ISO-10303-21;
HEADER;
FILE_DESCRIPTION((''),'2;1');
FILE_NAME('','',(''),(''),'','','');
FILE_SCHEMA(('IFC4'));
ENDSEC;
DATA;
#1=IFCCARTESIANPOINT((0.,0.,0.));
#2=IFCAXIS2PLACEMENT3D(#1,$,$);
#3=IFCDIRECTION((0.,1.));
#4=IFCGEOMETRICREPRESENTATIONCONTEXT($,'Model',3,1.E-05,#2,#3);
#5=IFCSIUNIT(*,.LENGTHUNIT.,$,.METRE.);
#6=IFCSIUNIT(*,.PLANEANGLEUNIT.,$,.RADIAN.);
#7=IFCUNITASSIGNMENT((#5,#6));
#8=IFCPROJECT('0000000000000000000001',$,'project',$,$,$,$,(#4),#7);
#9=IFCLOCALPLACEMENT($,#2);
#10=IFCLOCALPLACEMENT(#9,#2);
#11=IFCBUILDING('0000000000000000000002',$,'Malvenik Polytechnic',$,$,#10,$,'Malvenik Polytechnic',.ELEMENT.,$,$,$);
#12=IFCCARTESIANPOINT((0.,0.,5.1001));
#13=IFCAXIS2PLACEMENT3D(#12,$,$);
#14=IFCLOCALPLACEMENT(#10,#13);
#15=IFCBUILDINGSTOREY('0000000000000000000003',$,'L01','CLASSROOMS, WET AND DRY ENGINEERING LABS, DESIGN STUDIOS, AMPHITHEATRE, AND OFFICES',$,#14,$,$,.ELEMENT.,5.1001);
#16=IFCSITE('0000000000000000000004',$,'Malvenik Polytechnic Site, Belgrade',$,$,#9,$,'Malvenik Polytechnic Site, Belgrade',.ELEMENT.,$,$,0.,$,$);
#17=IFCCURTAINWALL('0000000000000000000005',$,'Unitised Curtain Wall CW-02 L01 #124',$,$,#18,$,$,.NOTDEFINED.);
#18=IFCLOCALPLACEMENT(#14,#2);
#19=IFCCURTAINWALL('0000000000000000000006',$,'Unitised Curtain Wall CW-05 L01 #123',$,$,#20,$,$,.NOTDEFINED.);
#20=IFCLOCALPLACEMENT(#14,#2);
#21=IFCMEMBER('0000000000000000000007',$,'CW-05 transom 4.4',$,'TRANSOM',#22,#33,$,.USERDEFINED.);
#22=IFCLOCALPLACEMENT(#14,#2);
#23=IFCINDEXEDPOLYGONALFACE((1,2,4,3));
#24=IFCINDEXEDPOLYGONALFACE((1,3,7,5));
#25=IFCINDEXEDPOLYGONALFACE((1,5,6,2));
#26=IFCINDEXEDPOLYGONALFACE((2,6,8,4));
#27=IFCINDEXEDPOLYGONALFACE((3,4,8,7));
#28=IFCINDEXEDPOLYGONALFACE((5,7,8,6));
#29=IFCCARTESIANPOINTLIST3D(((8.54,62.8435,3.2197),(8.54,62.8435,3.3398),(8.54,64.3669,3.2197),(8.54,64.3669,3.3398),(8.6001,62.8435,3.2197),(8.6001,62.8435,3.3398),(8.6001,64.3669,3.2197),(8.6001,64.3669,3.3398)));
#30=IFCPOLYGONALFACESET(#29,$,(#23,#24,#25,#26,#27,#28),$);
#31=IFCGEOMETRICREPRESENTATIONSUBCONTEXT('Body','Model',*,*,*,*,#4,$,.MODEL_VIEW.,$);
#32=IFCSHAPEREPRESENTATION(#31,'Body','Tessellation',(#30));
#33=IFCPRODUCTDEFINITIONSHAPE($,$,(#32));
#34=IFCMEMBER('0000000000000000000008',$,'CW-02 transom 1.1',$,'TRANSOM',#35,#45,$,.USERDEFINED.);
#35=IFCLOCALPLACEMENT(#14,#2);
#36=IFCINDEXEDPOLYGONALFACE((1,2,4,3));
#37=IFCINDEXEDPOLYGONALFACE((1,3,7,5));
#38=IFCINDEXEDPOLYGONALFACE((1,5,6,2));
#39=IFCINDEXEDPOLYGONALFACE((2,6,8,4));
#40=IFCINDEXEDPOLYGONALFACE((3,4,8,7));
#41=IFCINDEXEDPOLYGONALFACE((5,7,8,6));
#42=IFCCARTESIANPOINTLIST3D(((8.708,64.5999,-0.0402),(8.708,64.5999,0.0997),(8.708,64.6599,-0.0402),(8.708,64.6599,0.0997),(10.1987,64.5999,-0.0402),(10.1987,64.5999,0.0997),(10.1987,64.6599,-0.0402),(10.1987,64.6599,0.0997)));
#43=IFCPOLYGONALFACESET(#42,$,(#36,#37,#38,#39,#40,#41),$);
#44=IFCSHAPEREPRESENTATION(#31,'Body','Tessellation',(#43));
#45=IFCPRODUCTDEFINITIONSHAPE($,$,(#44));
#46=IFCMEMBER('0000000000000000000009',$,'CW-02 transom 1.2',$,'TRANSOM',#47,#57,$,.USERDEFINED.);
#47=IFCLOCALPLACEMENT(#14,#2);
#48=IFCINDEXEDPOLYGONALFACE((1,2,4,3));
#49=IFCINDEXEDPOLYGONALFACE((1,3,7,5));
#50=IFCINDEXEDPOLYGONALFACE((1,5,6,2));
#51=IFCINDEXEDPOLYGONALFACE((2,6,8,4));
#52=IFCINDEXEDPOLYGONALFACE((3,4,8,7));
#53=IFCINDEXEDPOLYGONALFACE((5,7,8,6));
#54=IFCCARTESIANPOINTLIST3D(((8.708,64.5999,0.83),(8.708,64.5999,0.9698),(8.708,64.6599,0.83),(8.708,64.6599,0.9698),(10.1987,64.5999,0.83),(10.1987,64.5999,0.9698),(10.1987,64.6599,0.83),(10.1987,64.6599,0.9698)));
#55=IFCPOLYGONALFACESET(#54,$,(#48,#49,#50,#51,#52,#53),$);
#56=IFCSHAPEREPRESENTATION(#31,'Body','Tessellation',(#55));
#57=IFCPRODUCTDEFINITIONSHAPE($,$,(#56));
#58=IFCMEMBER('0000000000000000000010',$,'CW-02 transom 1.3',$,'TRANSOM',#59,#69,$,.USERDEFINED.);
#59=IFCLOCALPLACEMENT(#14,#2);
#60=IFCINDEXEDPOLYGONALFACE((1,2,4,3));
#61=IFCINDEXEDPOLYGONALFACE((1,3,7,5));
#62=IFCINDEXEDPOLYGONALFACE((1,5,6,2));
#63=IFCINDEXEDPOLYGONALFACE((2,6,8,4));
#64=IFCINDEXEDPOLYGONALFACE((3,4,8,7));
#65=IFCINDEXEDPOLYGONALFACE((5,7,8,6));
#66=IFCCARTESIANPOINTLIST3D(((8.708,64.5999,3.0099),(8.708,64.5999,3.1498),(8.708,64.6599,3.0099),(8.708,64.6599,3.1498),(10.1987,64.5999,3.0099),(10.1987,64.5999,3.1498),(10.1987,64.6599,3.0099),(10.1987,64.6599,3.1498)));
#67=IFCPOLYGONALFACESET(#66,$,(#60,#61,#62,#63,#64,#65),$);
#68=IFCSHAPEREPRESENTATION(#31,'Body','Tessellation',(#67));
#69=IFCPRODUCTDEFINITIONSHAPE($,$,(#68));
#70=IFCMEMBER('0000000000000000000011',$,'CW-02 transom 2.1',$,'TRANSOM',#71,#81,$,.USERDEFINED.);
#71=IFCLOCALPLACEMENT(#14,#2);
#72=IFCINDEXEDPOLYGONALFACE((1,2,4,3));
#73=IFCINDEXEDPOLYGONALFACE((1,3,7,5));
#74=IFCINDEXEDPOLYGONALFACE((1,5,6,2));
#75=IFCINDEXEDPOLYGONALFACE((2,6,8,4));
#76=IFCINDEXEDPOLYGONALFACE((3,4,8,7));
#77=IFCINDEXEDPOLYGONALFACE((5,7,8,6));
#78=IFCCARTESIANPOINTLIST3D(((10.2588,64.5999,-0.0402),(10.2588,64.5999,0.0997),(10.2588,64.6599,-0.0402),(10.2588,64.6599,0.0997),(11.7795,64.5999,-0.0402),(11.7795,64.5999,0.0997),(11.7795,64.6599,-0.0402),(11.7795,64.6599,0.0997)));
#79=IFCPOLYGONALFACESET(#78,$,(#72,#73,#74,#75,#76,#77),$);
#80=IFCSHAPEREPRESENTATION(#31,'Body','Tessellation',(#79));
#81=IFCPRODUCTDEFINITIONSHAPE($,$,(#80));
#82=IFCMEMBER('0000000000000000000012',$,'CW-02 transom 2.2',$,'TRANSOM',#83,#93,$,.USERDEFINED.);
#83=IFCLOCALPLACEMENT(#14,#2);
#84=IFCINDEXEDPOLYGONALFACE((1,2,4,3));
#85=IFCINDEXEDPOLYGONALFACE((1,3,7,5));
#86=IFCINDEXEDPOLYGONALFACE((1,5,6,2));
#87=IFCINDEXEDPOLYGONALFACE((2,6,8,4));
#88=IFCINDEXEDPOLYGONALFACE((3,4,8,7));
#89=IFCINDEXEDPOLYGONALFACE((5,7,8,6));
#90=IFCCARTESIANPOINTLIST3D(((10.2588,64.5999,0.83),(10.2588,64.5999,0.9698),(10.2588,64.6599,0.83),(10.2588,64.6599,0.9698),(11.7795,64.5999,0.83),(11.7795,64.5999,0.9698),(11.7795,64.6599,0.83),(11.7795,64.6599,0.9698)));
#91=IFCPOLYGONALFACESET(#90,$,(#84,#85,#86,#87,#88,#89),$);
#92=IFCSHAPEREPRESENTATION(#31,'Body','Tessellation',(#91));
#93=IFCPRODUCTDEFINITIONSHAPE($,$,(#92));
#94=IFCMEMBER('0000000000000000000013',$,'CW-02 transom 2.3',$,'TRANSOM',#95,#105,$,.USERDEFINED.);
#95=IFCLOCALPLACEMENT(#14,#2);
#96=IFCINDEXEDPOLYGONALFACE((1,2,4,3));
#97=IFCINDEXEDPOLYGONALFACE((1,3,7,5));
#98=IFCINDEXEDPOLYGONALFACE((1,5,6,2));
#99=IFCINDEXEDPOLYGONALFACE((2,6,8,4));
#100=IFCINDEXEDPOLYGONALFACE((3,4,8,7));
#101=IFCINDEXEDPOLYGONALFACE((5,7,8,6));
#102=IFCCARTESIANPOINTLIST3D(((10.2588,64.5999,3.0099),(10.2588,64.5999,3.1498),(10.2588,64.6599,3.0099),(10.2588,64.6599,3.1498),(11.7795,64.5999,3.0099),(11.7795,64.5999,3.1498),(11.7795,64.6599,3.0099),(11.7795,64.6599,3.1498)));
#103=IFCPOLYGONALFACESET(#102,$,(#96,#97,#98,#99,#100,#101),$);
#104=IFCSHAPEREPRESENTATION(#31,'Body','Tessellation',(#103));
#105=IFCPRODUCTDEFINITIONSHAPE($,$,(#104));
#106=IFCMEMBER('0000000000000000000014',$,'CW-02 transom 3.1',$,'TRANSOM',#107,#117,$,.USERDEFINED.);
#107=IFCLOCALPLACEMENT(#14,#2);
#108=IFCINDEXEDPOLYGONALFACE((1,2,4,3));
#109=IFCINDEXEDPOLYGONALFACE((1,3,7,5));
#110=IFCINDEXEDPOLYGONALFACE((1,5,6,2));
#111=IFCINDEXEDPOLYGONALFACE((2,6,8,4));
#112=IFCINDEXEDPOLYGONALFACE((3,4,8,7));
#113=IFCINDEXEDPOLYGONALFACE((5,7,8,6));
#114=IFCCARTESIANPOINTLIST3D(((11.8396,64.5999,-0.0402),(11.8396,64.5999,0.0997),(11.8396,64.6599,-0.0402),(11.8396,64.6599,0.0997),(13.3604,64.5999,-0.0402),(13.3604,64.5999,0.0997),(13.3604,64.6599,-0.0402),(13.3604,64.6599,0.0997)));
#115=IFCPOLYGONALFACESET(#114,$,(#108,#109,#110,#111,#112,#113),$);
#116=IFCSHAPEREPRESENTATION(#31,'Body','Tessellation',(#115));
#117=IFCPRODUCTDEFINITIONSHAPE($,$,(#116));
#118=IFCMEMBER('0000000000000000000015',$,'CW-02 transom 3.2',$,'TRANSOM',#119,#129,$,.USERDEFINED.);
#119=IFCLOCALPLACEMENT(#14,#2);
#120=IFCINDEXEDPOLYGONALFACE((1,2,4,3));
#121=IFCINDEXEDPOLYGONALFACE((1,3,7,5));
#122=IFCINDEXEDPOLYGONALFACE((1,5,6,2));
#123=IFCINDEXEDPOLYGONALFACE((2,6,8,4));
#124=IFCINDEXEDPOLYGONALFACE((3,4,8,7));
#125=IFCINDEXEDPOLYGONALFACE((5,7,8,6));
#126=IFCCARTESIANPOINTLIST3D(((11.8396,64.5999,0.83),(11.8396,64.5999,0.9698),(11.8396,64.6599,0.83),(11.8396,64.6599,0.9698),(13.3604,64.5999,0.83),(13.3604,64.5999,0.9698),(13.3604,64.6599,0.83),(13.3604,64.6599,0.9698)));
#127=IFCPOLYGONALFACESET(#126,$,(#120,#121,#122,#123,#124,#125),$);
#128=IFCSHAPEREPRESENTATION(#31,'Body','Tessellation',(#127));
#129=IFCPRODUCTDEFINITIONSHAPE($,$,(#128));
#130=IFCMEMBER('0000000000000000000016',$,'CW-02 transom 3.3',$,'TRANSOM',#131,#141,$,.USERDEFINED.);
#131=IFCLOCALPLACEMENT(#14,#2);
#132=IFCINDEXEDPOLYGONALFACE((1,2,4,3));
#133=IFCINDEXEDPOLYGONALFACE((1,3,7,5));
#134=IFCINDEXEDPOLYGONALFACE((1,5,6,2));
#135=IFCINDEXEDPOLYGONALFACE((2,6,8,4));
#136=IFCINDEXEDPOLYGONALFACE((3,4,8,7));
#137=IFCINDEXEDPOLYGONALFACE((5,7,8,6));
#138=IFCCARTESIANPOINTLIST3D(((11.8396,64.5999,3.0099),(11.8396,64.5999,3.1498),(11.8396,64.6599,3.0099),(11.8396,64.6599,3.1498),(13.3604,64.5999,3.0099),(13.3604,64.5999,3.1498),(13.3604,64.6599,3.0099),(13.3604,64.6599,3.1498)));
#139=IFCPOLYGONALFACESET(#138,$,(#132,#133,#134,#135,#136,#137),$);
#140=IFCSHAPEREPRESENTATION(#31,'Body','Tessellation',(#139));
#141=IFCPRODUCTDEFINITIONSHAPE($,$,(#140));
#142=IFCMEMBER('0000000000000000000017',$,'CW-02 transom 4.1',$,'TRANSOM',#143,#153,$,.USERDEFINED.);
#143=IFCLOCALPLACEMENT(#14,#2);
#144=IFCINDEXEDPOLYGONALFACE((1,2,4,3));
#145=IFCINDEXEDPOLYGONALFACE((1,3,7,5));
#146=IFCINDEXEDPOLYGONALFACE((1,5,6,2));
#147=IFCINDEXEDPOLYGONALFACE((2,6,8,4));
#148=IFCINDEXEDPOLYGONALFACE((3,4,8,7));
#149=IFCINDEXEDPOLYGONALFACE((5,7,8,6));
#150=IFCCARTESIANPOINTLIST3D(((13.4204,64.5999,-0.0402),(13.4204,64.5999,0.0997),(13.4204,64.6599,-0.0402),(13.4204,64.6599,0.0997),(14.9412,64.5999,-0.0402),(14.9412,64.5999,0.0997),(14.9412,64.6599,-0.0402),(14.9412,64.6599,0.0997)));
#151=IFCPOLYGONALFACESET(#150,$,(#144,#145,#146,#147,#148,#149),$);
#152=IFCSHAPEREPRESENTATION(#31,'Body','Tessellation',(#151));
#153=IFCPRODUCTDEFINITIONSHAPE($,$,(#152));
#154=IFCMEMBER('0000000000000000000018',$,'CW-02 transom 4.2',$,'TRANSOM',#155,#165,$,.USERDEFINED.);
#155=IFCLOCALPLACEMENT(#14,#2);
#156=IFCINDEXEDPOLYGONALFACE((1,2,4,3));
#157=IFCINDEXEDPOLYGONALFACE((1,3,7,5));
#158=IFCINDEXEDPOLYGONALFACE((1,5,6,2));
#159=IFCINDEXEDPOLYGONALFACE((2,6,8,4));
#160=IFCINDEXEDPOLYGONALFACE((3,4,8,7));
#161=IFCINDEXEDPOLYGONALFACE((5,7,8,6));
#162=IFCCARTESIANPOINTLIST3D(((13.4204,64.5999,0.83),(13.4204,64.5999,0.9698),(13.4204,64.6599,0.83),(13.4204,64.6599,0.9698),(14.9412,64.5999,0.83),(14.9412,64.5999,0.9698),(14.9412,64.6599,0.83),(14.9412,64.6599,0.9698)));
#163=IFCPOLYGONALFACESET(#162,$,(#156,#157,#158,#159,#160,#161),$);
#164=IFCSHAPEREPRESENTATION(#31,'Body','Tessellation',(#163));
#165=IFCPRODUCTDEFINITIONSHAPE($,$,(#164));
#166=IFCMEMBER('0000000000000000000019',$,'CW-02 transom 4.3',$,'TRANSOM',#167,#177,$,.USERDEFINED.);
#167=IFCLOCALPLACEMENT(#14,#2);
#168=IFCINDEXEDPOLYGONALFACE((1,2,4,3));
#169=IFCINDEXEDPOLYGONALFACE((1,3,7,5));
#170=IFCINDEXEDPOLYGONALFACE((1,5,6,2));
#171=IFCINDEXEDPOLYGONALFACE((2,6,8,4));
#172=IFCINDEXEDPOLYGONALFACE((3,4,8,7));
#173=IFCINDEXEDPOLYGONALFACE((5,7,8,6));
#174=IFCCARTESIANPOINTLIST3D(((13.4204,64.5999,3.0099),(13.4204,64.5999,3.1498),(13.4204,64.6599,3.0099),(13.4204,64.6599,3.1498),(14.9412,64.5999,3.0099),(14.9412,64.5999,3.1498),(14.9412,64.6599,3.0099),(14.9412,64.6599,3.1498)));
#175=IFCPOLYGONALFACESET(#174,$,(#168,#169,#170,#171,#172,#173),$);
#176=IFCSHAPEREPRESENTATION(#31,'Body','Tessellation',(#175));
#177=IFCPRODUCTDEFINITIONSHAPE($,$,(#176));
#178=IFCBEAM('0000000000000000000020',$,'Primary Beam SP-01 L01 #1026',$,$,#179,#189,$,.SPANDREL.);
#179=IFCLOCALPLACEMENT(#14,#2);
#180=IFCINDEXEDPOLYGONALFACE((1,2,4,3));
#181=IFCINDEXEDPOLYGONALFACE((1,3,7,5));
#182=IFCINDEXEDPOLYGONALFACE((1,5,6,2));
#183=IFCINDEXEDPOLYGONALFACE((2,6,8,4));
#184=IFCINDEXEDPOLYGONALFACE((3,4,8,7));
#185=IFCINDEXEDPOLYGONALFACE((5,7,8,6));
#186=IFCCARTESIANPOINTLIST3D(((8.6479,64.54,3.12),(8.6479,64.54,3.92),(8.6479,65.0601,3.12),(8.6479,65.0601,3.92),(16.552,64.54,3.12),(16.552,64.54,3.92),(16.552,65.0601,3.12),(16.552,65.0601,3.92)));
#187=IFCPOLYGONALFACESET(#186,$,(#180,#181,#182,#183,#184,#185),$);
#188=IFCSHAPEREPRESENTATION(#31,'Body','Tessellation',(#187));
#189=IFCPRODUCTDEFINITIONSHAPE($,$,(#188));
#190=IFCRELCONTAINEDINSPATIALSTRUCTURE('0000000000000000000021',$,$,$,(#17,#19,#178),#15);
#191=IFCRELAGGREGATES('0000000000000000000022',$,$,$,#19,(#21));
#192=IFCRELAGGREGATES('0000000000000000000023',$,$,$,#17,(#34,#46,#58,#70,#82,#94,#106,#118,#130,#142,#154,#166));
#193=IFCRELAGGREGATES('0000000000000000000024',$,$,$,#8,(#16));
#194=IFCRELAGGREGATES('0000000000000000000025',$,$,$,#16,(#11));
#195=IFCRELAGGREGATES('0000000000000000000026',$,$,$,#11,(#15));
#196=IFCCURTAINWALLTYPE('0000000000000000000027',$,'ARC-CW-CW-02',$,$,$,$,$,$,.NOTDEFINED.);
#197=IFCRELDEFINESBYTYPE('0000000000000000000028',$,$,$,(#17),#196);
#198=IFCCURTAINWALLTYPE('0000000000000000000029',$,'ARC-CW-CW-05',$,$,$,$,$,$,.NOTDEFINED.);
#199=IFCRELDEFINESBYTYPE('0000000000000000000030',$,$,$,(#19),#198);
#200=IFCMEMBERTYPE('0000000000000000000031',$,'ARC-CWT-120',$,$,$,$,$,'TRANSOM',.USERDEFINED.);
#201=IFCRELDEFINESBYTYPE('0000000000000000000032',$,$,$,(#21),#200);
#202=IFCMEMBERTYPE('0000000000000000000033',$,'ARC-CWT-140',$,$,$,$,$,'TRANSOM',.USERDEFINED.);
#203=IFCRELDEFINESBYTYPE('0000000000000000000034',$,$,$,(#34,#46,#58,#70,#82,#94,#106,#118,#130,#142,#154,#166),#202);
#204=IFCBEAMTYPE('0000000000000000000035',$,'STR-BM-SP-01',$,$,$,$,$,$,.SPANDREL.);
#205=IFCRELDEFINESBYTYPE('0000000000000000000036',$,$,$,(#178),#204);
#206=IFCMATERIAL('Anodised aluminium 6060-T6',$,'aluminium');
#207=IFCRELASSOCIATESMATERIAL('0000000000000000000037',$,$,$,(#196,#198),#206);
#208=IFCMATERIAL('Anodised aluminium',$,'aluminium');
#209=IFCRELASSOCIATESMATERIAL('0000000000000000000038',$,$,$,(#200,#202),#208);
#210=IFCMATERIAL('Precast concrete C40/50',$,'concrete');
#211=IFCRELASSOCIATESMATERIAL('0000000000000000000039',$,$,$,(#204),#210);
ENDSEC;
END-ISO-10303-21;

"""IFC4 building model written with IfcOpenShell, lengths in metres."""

from ifc_helpers import new_model, si_unit, direction, frame, origin, origin_2d, place, context, subcontext, project, spatial, rectangle, extrude, material, material_profile, profile_set, type_object, element, aggregate, save


model = new_model("IFC4")

# Units and contexts
model_context = context("Model", 3, precision=1e-05, world=origin(), true_north=direction((0.0, 1.0)))
body_context = subcontext(model_context, "Body", "Model", "MODEL_VIEW")
ifc_project = project(units=[si_unit("LENGTHUNIT", "METRE"), si_unit("PLANEANGLEUNIT", "RADIAN")], contexts=[model_context])

# Site, building, storey
site_placement = place(None, origin())
site = spatial("IfcSite", under=ifc_project, at=site_placement, Name="Malvenik Polytechnic Site, Belgrade", LongName="Malvenik Polytechnic Site, Belgrade", CompositionType="ELEMENT", RefElevation=0.0)
building_placement = place(site_placement, origin())
building = spatial("IfcBuilding", under=site, at=building_placement, Name="Malvenik Polytechnic", LongName="Malvenik Polytechnic", CompositionType="ELEMENT")
storey_placement = place(building_placement, frame((0.0, 0.0, 5.1001)))
storey = spatial("IfcBuildingStorey", under=building, at=storey_placement, Name="L01", Description="CLASSROOMS, WET AND DRY ENGINEERING LABS, DESIGN STUDIOS, AMPHITHEATRE, AND OFFICES", CompositionType="ELEMENT", Elevation=5.1001)

# Curtain walls, member
ifc_material_1 = material(Name="Anodised aluminium 6060-T6", Category="aluminium")
curtain_wall_type_1 = type_object("IfcCurtainWallType", Name="ARC-CW-CW-02", PredefinedType="NOTDEFINED", material=ifc_material_1)
curtain_wall_1_placement = place(storey_placement, origin())
curtain_wall_1 = element("IfcCurtainWall", 1, at=curtain_wall_1_placement, inside=storey, type_object=curtain_wall_type_1, Name="Unitised Curtain Wall CW-02 L01 #124", PredefinedType="NOTDEFINED")
ifc_material_2 = material(Name="Anodised aluminium", Category="aluminium")
curtain_wall_type_2 = type_object("IfcCurtainWallType", Name="ARC-CW-CW-05", PredefinedType="NOTDEFINED", material=ifc_material_1)
curtain_wall_2_placement = place(storey_placement, origin())
curtain_wall_2 = element("IfcCurtainWall", 2, at=curtain_wall_2_placement, inside=storey, type_object=curtain_wall_type_2, Name="Unitised Curtain Wall CW-05 L01 #123", PredefinedType="NOTDEFINED")
ifc_material_profile_1 = material_profile(ifc_material_2, rectangle(XDim=0.0601, YDim=0.1201, at=origin_2d()), Name="ALU TRANSOM 60x120")
ifc_profile_set_1 = profile_set([ifc_material_profile_1], Name="Anodised aluminium")
member_type_1 = type_object("IfcMemberType", Name="ARC-CWT-120", ElementType="TRANSOM", PredefinedType="USERDEFINED", material=ifc_profile_set_1)
member_1_placement = place(storey_placement, frame((8.5701, 62.8435, 3.2798), z_axis=(0.0, 1.0, 0.0), x_axis=(-1.0, 0.0, 0.0)))
member_1 = element("IfcMember", 3, at=member_1_placement, type_object=member_type_1, Name="CW-05 transom 4.4", ObjectType="TRANSOM", PredefinedType="USERDEFINED", context=body_context, shape_type="SweptSolid", body=[
    extrude(rectangle(XDim=0.0601, YDim=0.1201, at=origin_2d()), origin(), (0.0, 0.0, 1.0), 1.5234),
])

# Members
ifc_material_profile_2 = material_profile(ifc_material_2, rectangle(XDim=0.0601, YDim=0.1399, at=origin_2d()), Name="ALU TRANSOM 60x140")
ifc_profile_set_2 = profile_set([ifc_material_profile_2], Name="Anodised aluminium")
member_type_2 = type_object("IfcMemberType", Name="ARC-CWT-140", ElementType="TRANSOM", PredefinedType="USERDEFINED", material=ifc_profile_set_2)
member_2_placement = place(storey_placement, frame((8.708, 64.6299, 0.0298), z_axis=(1.0, 0.0, 0.0), x_axis=(0.0, 1.0, 0.0)))
member_2 = element("IfcMember", 4, at=member_2_placement, type_object=member_type_2, Name="CW-02 transom 1.1", ObjectType="TRANSOM", PredefinedType="USERDEFINED", context=body_context, shape_type="SweptSolid", body=[
    extrude(rectangle(XDim=0.0601, YDim=0.1399, at=origin_2d()), origin(), (0.0, 0.0, 1.0), 1.4907),
])
member_3_placement = place(storey_placement, frame((8.708, 64.6299, 0.8999), z_axis=(1.0, 0.0, 0.0), x_axis=(0.0, 1.0, 0.0)))
member_3 = element("IfcMember", 5, at=member_3_placement, type_object=member_type_2, Name="CW-02 transom 1.2", ObjectType="TRANSOM", PredefinedType="USERDEFINED", context=body_context, shape_type="SweptSolid", body=[
    extrude(rectangle(XDim=0.0601, YDim=0.1399, at=origin_2d()), origin(), (0.0, 0.0, 1.0), 1.4907),
])
member_4_placement = place(storey_placement, frame((8.708, 64.6299, 3.0798), z_axis=(1.0, 0.0, 0.0), x_axis=(0.0, 1.0, 0.0)))
member_4 = element("IfcMember", 6, at=member_4_placement, type_object=member_type_2, Name="CW-02 transom 1.3", ObjectType="TRANSOM", PredefinedType="USERDEFINED", context=body_context, shape_type="SweptSolid", body=[
    extrude(rectangle(XDim=0.0601, YDim=0.1399, at=origin_2d()), origin(), (0.0, 0.0, 1.0), 1.4907),
])
member_5_placement = place(storey_placement, frame((10.2588, 64.6299, 0.0298), z_axis=(1.0, 0.0, 0.0), x_axis=(0.0, 1.0, 0.0)))
member_5 = element("IfcMember", 7, at=member_5_placement, type_object=member_type_2, Name="CW-02 transom 2.1", ObjectType="TRANSOM", PredefinedType="USERDEFINED", context=body_context, shape_type="SweptSolid", body=[
    extrude(rectangle(XDim=0.0601, YDim=0.1399, at=origin_2d()), origin(), (0.0, 0.0, 1.0), 1.5208),
])
member_6_placement = place(storey_placement, frame((10.2588, 64.6299, 0.8999), z_axis=(1.0, 0.0, 0.0), x_axis=(0.0, 1.0, 0.0)))
member_6 = element("IfcMember", 8, at=member_6_placement, type_object=member_type_2, Name="CW-02 transom 2.2", ObjectType="TRANSOM", PredefinedType="USERDEFINED", context=body_context, shape_type="SweptSolid", body=[
    extrude(rectangle(XDim=0.0601, YDim=0.1399, at=origin_2d()), origin(), (0.0, 0.0, 1.0), 1.5208),
])
member_7_placement = place(storey_placement, frame((10.2588, 64.6299, 3.0798), z_axis=(1.0, 0.0, 0.0), x_axis=(0.0, 1.0, 0.0)))
member_7 = element("IfcMember", 9, at=member_7_placement, type_object=member_type_2, Name="CW-02 transom 2.3", ObjectType="TRANSOM", PredefinedType="USERDEFINED", context=body_context, shape_type="SweptSolid", body=[
    extrude(rectangle(XDim=0.0601, YDim=0.1399, at=origin_2d()), origin(), (0.0, 0.0, 1.0), 1.5208),
])
member_8_placement = place(storey_placement, frame((11.8396, 64.6299, 0.0298), z_axis=(1.0, 0.0, 0.0), x_axis=(0.0, 1.0, 0.0)))
member_8 = element("IfcMember", 10, at=member_8_placement, type_object=member_type_2, Name="CW-02 transom 3.1", ObjectType="TRANSOM", PredefinedType="USERDEFINED", context=body_context, shape_type="SweptSolid", body=[
    extrude(rectangle(XDim=0.0601, YDim=0.1399, at=origin_2d()), origin(), (0.0, 0.0, 1.0), 1.5208),
])
member_9_placement = place(storey_placement, frame((11.8396, 64.6299, 0.8999), z_axis=(1.0, 0.0, 0.0), x_axis=(0.0, 1.0, 0.0)))
member_9 = element("IfcMember", 11, at=member_9_placement, type_object=member_type_2, Name="CW-02 transom 3.2", ObjectType="TRANSOM", PredefinedType="USERDEFINED", context=body_context, shape_type="SweptSolid", body=[
    extrude(rectangle(XDim=0.0601, YDim=0.1399, at=origin_2d()), origin(), (0.0, 0.0, 1.0), 1.5208),
])
member_10_placement = place(storey_placement, frame((11.8396, 64.6299, 3.0798), z_axis=(1.0, 0.0, 0.0), x_axis=(0.0, 1.0, 0.0)))
member_10 = element("IfcMember", 12, at=member_10_placement, type_object=member_type_2, Name="CW-02 transom 3.3", ObjectType="TRANSOM", PredefinedType="USERDEFINED", context=body_context, shape_type="SweptSolid", body=[
    extrude(rectangle(XDim=0.0601, YDim=0.1399, at=origin_2d()), origin(), (0.0, 0.0, 1.0), 1.5208),
])
member_11_placement = place(storey_placement, frame((13.4204, 64.6299, 0.0298), z_axis=(1.0, 0.0, 0.0), x_axis=(0.0, 1.0, 0.0)))
member_11 = element("IfcMember", 13, at=member_11_placement, type_object=member_type_2, Name="CW-02 transom 4.1", ObjectType="TRANSOM", PredefinedType="USERDEFINED", context=body_context, shape_type="SweptSolid", body=[
    extrude(rectangle(XDim=0.0601, YDim=0.1399, at=origin_2d()), origin(), (0.0, 0.0, 1.0), 1.5208),
])
member_12_placement = place(storey_placement, frame((13.4204, 64.6299, 0.8999), z_axis=(1.0, 0.0, 0.0), x_axis=(0.0, 1.0, 0.0)))
member_12 = element("IfcMember", 14, at=member_12_placement, type_object=member_type_2, Name="CW-02 transom 4.2", ObjectType="TRANSOM", PredefinedType="USERDEFINED", context=body_context, shape_type="SweptSolid", body=[
    extrude(rectangle(XDim=0.0601, YDim=0.1399, at=origin_2d()), origin(), (0.0, 0.0, 1.0), 1.5208),
])
member_13_placement = place(storey_placement, frame((13.4204, 64.6299, 3.0798), z_axis=(1.0, 0.0, 0.0), x_axis=(0.0, 1.0, 0.0)))
member_13 = element("IfcMember", 15, at=member_13_placement, type_object=member_type_2, Name="CW-02 transom 4.3", ObjectType="TRANSOM", PredefinedType="USERDEFINED", context=body_context, shape_type="SweptSolid", body=[
    extrude(rectangle(XDim=0.0601, YDim=0.1399, at=origin_2d()), origin(), (0.0, 0.0, 1.0), 1.5208),
])

# Beam
ifc_material_3 = material(Name="Precast concrete C40/50", Category="concrete")
ifc_material_profile_3 = material_profile(ifc_material_3, rectangle(XDim=0.52, YDim=0.8, at=origin_2d()), Name="PC SPN 520x800")
ifc_profile_set_3 = profile_set([ifc_material_profile_3], Name="Precast concrete C40/50")
beam_type = type_object("IfcBeamType", Name="STR-BM-SP-01", PredefinedType="SPANDREL", material=ifc_profile_set_3)
beam_placement = place(storey_placement, frame((8.6479, 64.8, 3.52), z_axis=(1.0, 0.0, 0.0), x_axis=(0.0, 1.0, 0.0)))
element("IfcBeam", 16, at=beam_placement, inside=storey, type_object=beam_type, Name="Primary Beam SP-01 L01 #1026", PredefinedType="SPANDREL", context=body_context, shape_type="SweptSolid", body=[
    extrude(rectangle(XDim=0.52, YDim=0.8, at=origin_2d()), origin(), (0.0, 0.0, 1.0), 7.9041),
])

aggregate(curtain_wall_2, [member_1])
aggregate(curtain_wall_1, [member_2, member_3, member_4, member_5, member_6, member_7, member_8, member_9, member_10, member_11, member_12, member_13])

save(model, "model.ifc")
